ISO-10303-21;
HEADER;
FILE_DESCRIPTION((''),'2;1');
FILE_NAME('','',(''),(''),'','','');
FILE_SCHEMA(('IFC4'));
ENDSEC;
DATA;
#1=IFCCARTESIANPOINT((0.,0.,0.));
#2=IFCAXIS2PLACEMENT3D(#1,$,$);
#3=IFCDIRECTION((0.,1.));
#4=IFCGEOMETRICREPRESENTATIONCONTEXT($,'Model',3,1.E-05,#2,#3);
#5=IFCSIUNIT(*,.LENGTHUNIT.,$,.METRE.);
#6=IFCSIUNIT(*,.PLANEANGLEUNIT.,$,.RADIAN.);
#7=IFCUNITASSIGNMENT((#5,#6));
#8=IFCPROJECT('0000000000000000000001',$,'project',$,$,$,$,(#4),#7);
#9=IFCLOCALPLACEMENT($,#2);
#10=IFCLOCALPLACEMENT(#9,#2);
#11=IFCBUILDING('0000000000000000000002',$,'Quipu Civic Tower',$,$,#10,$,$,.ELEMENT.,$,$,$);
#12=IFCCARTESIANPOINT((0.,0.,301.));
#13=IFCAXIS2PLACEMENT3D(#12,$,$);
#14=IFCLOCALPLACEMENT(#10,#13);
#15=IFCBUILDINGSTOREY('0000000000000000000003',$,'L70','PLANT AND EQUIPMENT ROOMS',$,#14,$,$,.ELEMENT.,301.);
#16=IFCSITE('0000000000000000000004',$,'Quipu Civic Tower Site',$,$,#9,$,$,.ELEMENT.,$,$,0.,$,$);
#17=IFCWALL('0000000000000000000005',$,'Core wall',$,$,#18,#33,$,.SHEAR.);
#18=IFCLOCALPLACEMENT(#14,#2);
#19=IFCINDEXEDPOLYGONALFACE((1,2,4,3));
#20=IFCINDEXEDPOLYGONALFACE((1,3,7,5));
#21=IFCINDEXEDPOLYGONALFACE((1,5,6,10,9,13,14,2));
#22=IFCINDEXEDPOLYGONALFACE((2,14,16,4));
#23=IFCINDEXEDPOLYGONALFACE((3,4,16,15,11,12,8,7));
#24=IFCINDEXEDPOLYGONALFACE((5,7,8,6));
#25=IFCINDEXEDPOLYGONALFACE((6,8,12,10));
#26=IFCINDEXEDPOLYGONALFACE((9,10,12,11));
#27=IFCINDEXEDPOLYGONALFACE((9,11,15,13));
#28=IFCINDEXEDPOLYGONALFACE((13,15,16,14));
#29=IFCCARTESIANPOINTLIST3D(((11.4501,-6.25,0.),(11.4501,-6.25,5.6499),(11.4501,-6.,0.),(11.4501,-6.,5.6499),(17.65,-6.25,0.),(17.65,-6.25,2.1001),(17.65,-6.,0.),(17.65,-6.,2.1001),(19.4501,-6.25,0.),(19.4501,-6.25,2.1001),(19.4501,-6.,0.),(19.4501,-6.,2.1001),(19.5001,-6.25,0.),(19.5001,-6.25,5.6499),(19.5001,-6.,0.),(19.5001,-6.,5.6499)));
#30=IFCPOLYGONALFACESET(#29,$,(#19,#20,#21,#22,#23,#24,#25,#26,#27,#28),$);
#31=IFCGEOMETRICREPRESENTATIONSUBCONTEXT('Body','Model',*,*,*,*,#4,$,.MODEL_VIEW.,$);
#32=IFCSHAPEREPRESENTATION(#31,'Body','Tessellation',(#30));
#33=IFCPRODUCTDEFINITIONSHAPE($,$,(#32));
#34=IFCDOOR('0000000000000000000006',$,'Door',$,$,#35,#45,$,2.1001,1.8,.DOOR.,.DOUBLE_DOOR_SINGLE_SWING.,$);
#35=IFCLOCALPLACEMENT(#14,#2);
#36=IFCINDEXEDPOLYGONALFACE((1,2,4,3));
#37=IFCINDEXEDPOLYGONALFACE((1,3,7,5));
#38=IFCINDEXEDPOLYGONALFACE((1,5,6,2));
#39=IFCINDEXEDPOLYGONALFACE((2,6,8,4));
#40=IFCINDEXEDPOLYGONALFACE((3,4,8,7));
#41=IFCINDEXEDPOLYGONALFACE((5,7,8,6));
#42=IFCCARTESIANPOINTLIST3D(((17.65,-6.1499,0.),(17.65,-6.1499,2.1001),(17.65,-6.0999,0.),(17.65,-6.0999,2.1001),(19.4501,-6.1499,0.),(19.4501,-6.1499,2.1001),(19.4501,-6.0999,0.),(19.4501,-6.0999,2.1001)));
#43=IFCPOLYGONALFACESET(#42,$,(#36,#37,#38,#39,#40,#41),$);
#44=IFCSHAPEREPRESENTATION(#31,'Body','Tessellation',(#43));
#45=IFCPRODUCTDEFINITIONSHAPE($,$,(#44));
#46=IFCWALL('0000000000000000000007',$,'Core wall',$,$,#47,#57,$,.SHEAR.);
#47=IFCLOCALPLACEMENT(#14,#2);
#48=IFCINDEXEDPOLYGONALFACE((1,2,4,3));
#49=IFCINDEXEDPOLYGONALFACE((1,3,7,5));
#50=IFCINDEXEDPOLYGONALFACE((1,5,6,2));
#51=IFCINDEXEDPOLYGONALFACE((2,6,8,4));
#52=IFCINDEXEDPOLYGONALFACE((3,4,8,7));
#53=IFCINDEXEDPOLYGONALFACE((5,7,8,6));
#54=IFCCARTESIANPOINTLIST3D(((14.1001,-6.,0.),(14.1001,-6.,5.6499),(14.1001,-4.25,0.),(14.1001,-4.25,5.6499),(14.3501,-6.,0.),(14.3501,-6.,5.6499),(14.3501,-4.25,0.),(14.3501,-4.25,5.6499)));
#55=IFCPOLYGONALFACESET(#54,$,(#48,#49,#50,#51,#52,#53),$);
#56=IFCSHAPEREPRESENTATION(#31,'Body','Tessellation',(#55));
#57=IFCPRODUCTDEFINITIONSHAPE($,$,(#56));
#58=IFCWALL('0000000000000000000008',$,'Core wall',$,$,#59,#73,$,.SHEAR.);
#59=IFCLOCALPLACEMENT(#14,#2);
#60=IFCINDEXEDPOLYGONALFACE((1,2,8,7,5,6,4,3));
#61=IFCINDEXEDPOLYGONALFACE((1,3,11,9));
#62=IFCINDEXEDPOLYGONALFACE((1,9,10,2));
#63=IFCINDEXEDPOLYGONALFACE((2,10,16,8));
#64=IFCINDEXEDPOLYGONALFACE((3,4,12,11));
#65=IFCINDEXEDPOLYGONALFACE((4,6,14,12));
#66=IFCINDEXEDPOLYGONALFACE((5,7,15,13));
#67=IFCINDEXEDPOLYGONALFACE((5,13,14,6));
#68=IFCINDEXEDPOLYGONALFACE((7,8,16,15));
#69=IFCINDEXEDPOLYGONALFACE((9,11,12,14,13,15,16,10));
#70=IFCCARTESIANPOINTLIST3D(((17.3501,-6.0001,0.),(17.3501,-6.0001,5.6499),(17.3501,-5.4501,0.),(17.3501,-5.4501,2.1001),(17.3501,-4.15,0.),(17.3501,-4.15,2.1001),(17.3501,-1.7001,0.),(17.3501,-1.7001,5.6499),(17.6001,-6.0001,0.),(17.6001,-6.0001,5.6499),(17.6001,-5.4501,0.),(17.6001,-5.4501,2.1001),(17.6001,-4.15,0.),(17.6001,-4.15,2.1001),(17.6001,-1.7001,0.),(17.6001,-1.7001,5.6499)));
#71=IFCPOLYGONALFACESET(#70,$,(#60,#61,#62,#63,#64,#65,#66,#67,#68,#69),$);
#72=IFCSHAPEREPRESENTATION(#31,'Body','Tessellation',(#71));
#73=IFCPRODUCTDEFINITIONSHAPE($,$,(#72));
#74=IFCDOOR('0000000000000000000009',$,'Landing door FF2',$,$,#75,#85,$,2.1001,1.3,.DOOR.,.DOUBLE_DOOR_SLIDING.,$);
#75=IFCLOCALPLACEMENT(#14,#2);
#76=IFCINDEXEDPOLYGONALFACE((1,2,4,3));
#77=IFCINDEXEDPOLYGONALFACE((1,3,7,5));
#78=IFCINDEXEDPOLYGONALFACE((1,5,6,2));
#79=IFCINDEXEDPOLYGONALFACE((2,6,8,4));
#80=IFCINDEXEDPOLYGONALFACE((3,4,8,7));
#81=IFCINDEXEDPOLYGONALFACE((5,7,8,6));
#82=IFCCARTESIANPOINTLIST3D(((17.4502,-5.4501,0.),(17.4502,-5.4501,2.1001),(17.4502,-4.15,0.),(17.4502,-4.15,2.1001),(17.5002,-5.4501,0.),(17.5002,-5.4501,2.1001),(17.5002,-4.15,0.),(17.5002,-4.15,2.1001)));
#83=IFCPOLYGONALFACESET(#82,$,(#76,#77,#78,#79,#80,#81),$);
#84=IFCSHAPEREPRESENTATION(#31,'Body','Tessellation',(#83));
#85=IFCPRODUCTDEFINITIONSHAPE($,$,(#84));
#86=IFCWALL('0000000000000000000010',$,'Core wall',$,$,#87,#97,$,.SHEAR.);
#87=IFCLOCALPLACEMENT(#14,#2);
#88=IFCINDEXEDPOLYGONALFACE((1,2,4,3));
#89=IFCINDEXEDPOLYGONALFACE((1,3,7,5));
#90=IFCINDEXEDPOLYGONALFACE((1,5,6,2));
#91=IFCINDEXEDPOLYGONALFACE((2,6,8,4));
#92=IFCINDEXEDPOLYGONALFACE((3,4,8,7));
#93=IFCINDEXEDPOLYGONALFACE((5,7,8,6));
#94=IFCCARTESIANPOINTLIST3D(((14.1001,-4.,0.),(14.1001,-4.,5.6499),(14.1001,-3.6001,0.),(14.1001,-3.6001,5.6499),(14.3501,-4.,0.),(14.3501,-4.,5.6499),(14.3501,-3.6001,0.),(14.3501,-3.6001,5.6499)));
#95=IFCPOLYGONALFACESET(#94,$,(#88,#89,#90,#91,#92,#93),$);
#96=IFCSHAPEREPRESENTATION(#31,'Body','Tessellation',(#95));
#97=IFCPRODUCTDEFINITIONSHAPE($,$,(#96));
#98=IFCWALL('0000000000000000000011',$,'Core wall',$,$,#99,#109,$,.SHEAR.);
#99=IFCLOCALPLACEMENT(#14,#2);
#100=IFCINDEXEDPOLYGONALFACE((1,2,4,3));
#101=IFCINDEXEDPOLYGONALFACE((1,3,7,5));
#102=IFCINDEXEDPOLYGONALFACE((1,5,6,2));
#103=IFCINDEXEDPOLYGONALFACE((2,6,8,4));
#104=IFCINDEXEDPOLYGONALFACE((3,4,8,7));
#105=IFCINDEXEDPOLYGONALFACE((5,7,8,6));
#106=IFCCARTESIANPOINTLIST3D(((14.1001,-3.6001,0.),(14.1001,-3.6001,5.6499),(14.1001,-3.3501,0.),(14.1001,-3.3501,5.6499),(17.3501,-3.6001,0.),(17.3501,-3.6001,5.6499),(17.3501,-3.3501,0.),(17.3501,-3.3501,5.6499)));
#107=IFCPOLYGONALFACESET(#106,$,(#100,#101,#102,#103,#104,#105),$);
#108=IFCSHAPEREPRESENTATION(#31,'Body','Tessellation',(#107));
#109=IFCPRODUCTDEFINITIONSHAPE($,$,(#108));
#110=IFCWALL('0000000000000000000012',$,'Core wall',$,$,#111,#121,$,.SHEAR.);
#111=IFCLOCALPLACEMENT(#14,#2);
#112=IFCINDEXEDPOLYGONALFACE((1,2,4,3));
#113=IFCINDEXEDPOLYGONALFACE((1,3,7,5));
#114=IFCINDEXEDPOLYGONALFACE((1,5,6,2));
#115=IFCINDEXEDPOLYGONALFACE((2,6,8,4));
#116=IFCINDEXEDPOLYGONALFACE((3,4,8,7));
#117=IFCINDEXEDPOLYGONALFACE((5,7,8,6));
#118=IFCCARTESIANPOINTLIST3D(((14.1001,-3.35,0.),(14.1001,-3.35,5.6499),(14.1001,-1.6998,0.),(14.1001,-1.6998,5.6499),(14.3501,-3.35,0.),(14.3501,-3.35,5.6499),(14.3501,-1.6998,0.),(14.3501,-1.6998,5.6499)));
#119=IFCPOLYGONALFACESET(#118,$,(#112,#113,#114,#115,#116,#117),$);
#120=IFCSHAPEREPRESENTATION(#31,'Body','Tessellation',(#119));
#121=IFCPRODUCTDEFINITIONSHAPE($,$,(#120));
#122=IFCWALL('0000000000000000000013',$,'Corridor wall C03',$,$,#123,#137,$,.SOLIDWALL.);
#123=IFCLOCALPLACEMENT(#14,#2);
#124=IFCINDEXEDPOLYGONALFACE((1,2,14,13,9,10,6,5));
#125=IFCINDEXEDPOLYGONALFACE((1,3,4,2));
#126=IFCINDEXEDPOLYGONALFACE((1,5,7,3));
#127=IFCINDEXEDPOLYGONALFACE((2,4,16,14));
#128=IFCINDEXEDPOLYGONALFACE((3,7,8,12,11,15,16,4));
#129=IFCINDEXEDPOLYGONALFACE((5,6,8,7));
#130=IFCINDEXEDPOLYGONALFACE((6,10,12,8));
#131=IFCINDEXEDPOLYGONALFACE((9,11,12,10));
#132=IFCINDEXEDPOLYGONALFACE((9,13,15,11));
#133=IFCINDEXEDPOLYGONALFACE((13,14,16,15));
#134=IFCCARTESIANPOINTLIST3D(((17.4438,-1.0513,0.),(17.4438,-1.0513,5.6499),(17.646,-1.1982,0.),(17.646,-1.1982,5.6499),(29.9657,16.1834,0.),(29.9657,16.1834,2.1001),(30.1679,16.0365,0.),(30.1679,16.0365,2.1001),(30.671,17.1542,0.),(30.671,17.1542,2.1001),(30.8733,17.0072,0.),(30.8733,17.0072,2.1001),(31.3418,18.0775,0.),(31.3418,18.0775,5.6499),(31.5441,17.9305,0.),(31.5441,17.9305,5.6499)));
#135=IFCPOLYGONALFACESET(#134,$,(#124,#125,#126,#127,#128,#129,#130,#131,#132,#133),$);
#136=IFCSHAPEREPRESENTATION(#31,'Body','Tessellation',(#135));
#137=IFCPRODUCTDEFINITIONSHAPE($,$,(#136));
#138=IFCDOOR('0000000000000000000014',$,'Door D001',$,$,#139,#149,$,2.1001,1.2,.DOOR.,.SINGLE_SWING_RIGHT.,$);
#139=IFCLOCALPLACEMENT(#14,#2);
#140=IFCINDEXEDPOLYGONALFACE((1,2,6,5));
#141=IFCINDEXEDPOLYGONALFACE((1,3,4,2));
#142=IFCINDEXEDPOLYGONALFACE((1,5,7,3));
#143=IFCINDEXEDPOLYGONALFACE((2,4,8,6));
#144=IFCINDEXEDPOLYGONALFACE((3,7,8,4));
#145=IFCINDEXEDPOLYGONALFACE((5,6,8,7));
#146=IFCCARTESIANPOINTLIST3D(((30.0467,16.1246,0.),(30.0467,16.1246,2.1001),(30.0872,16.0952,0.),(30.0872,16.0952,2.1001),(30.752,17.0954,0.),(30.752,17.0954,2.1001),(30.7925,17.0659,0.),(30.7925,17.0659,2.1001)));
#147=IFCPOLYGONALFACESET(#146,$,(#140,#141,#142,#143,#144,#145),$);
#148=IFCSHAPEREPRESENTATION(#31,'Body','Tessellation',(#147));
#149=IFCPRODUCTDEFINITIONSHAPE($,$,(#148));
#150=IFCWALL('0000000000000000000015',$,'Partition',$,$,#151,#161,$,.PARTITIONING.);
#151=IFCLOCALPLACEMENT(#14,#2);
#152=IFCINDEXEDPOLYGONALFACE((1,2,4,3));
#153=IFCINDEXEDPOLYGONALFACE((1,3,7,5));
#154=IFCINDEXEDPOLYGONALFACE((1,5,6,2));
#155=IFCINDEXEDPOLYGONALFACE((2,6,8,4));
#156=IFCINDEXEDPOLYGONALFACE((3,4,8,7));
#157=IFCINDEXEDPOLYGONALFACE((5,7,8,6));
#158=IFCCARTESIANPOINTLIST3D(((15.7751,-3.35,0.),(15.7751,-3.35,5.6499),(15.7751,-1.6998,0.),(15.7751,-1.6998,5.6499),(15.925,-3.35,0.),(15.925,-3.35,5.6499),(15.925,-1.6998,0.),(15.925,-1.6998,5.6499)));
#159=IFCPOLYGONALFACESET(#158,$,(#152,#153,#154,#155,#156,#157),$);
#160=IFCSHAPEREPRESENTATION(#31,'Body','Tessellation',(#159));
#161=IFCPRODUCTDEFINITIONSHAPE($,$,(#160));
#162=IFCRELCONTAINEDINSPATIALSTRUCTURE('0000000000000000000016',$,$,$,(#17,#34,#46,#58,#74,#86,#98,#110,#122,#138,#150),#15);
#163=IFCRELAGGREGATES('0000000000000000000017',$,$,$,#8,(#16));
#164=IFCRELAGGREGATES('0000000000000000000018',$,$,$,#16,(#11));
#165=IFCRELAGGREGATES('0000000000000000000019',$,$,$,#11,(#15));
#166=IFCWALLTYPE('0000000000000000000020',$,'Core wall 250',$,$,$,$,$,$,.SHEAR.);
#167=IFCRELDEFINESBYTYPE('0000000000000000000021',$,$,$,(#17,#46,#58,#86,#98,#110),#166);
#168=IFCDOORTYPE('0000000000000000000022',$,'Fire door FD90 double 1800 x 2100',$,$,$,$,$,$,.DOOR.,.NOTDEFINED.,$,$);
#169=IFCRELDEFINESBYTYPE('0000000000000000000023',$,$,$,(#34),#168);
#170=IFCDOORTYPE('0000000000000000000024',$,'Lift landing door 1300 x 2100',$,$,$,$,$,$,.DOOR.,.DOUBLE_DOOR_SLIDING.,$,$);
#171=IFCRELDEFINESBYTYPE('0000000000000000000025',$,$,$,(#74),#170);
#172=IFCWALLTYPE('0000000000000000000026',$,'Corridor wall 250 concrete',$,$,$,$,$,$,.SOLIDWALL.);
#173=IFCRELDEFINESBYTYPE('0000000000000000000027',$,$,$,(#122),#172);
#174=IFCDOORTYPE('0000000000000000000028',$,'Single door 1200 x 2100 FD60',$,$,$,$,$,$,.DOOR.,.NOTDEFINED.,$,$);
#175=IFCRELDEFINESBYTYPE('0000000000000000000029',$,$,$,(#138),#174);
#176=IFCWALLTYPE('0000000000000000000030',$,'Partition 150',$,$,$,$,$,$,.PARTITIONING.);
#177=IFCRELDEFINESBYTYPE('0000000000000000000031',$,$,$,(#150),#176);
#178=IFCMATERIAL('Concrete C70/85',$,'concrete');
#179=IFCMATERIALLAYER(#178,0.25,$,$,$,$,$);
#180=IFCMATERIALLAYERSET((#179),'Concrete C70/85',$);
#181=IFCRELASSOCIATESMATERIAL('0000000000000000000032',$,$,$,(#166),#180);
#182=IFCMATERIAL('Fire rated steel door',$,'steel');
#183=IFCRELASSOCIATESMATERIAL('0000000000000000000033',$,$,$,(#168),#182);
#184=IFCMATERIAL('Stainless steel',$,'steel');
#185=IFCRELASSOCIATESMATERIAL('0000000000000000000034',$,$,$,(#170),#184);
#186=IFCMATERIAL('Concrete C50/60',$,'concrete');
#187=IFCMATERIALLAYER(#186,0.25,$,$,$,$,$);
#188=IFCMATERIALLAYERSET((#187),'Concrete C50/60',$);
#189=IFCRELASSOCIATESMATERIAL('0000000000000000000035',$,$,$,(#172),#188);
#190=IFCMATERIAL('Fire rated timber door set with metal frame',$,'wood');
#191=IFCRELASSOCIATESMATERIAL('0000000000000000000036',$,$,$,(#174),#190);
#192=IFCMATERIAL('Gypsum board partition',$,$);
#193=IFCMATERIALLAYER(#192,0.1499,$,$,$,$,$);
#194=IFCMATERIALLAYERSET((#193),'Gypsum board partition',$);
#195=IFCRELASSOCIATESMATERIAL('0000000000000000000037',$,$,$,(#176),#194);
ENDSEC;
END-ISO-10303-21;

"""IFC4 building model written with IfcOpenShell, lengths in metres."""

from ifc_helpers import new_model, si_unit, direction, frame, frame_2d, origin, place, context, subcontext, project, spatial, rectangle, extrude, material, layer, layer_set, type_object, element, fill, save


model = new_model("IFC4")

# Units and contexts
model_context = context("Model", 3, precision=1e-05, world=origin(), true_north=direction((0.0, 1.0)))
body_context = subcontext(model_context, "Body", "Model", "MODEL_VIEW")
ifc_project = project(units=[si_unit("LENGTHUNIT", "METRE"), si_unit("PLANEANGLEUNIT", "RADIAN")], contexts=[model_context])

# Site, building, storey
site_placement = place(None, origin())
site = spatial("IfcSite", under=ifc_project, at=site_placement, Name="Quipu Civic Tower Site", CompositionType="ELEMENT", RefElevation=0.0)
building_placement = place(site_placement, origin())
building = spatial("IfcBuilding", under=site, at=building_placement, Name="Quipu Civic Tower", CompositionType="ELEMENT")
storey_placement = place(building_placement, frame((0.0, 0.0, 301.0)))
storey = spatial("IfcBuildingStorey", under=building, at=storey_placement, Name="L70", Description="PLANT AND EQUIPMENT ROOMS", CompositionType="ELEMENT", Elevation=301.0)

# Wall, opening, door
ifc_material_1 = material(Name="Concrete C70/85", Category="concrete")
ifc_layer_1 = layer(ifc_material_1, 0.25)
ifc_layer_set_1 = layer_set([ifc_layer_1], Name="Concrete C70/85")
wall_type_1 = type_object("IfcWallType", Name="Core wall 250", PredefinedType="SHEAR", material=ifc_layer_set_1)
wall_1_placement = place(storey_placement, frame((19.5, -6.125, 0.0), z_axis=(0.0, 0.0, 1.0), x_axis=(-1.0, 0.0, 0.0)))
wall_1 = element("IfcWall", 1, at=wall_1_placement, inside=storey, type_object=wall_type_1, Name="Core wall", PredefinedType="SHEAR", context=body_context, shape_type="SweptSolid", body=[
    extrude(rectangle(XDim=8.05, YDim=0.25, at=frame_2d((4.0249, 0.0))), origin(), (0.0, 0.0, 1.0), 5.6499),
])
opening_1_placement = place(wall_1_placement, frame((0.05, 0.0, 0.0)))
opening_1 = element("IfcOpeningElement", 2, at=opening_1_placement, cuts=wall_1, PredefinedType="OPENING", context=body_context, shape_type="SweptSolid", body=[
    extrude(rectangle(XDim=1.8, YDim=2.1001, at=frame_2d((0.8999, 1.05))), frame((0.0, 0.135, 0.0), z_axis=(0.0, -1.0, 0.0), x_axis=(1.0, 0.0, 0.0)), (0.0, 0.0, 1.0), 0.27),
])
ifc_material_2 = material(Name="Fire rated steel door", Category="steel")
door_type_1 = type_object("IfcDoorType", Name="Fire door FD90 double 1800 x 2100", OperationType="NOTDEFINED", PredefinedType="DOOR", material=ifc_material_2)
door_1_placement = place(opening_1_placement, origin())
door_1 = element("IfcDoor", 3, at=door_1_placement, inside=storey, type_object=door_type_1, Name="Door", OperationType="DOUBLE_DOOR_SINGLE_SWING", OverallHeight=2.1001, OverallWidth=1.8, PredefinedType="DOOR", context=body_context, shape_type="SweptSolid", body=[
    extrude(rectangle(XDim=1.8, YDim=2.1001, at=frame_2d((0.8999, 1.05))), frame((0.0, 0.0249, 0.0), z_axis=(0.0, -1.0, 0.0), x_axis=(1.0, 0.0, 0.0)), (0.0, 0.0, 1.0), 0.05),
])
fill(opening_1, door_1)

# Wall
wall_2_placement = place(storey_placement, frame((14.2251, -6.0, 0.0), z_axis=(0.0, 0.0, 1.0), x_axis=(0.0, 1.0, 0.0)))
element("IfcWall", 4, at=wall_2_placement, inside=storey, type_object=wall_type_1, Name="Core wall", PredefinedType="SHEAR", context=body_context, shape_type="SweptSolid", body=[
    extrude(rectangle(XDim=1.75, YDim=0.25, at=frame_2d((0.875, 0.0))), origin(), (0.0, 0.0, 1.0), 5.6499),
])

# Wall, opening, door
wall_3_placement = place(storey_placement, frame((17.4751, -6.0, 0.0), z_axis=(0.0, 0.0, 1.0), x_axis=(0.0, 1.0, 0.0)))
wall_3 = element("IfcWall", 5, at=wall_3_placement, inside=storey, type_object=wall_type_1, Name="Core wall", PredefinedType="SHEAR", context=body_context, shape_type="SweptSolid", body=[
    extrude(rectangle(XDim=4.3, YDim=0.25, at=frame_2d((2.1499, 0.0))), origin(), (0.0, 0.0, 1.0), 5.6499),
])
opening_2_placement = place(wall_3_placement, frame((0.55, 0.0, 0.0)))
opening_2 = element("IfcOpeningElement", 6, at=opening_2_placement, cuts=wall_3, PredefinedType="OPENING", context=body_context, shape_type="SweptSolid", body=[
    extrude(rectangle(XDim=1.3, YDim=2.1001, at=frame_2d((0.6499, 1.05))), frame((0.0, 0.135, 0.0), z_axis=(0.0, -1.0, 0.0), x_axis=(1.0, 0.0, 0.0)), (0.0, 0.0, 1.0), 0.27),
])
ifc_material_3 = material(Name="Stainless steel", Category="steel")
door_type_2 = type_object("IfcDoorType", Name="Lift landing door 1300 x 2100", OperationType="DOUBLE_DOOR_SLIDING", PredefinedType="DOOR", material=ifc_material_3)
door_2_placement = place(opening_2_placement, origin())
door_2 = element("IfcDoor", 7, at=door_2_placement, inside=storey, type_object=door_type_2, Name="Landing door FF2", OperationType="DOUBLE_DOOR_SLIDING", OverallHeight=2.1001, OverallWidth=1.3, PredefinedType="DOOR", context=body_context, shape_type="SweptSolid", body=[
    extrude(rectangle(XDim=1.3, YDim=2.1001, at=frame_2d((0.6499, 1.05))), frame((0.0, 0.0249, 0.0), z_axis=(0.0, -1.0, 0.0), x_axis=(1.0, 0.0, 0.0)), (0.0, 0.0, 1.0), 0.05),
])
fill(opening_2, door_2)

# Walls
wall_4_placement = place(storey_placement, frame((14.2251, -4.0, 0.0), z_axis=(0.0, 0.0, 1.0), x_axis=(0.0, 1.0, 0.0)))
element("IfcWall", 8, at=wall_4_placement, inside=storey, type_object=wall_type_1, Name="Core wall", PredefinedType="SHEAR", context=body_context, shape_type="SweptSolid", body=[
    extrude(rectangle(XDim=0.3999, YDim=0.25, at=frame_2d((0.2, 0.0))), origin(), (0.0, 0.0, 1.0), 5.6499),
])
wall_5_placement = place(storey_placement, frame((14.1001, -3.4751, 0.0), z_axis=(0.0, 0.0, 1.0), x_axis=(1.0, 0.0, 0.0)))
element("IfcWall", 9, at=wall_5_placement, inside=storey, type_object=wall_type_1, Name="Core wall", PredefinedType="SHEAR", context=body_context, shape_type="SweptSolid", body=[
    extrude(rectangle(XDim=3.25, YDim=0.25, at=frame_2d((1.625, 0.0))), origin(), (0.0, 0.0, 1.0), 5.6499),
])
wall_6_placement = place(storey_placement, frame((14.2251, -3.3501, 0.0), z_axis=(0.0, 0.0, 1.0), x_axis=(0.0, 1.0, 0.0)))
element("IfcWall", 10, at=wall_6_placement, inside=storey, type_object=wall_type_1, Name="Core wall", PredefinedType="SHEAR", context=body_context, shape_type="SweptSolid", body=[
    extrude(rectangle(XDim=1.6501, YDim=0.25, at=frame_2d((0.8252, 0.0))), origin(), (0.0, 0.0, 1.0), 5.6499),
])

# Wall, opening, door
ifc_material_4 = material(Name="Concrete C50/60", Category="concrete")
ifc_layer_2 = layer(ifc_material_4, 0.25)
ifc_layer_set_2 = layer_set([ifc_layer_2], Name="Concrete C50/60")
wall_type_2 = type_object("IfcWallType", Name="Corridor wall 250 concrete", PredefinedType="SOLIDWALL", material=ifc_layer_set_2)
wall_7_placement = place(storey_placement, frame((17.5449, -1.1248, 0.0), z_axis=(0.0, 0.0, 1.0), x_axis=(0.58779, 0.809014, 0.0)))
wall_7 = element("IfcWall", 11, at=wall_7_placement, inside=storey, type_object=wall_type_2, Name="Corridor wall C03", PredefinedType="SOLIDWALL", context=body_context, shape_type="SweptSolid", body=[
    extrude(rectangle(XDim=23.6445, YDim=0.25, at=frame_2d((11.8223, 0.0))), origin(), (0.0, 0.0, 1.0), 5.6499),
])
opening_3_placement = place(wall_7_placement, frame((21.3032, 0.0, 0.0)))
opening_3 = element("IfcOpeningElement", 12, at=opening_3_placement, cuts=wall_7, PredefinedType="OPENING", context=body_context, shape_type="SweptSolid", body=[
    extrude(rectangle(XDim=1.2, YDim=2.1001, at=frame_2d((0.6001, 1.05))), frame((0.0, 0.135, 0.0), z_axis=(0.0, -1.0, 0.0), x_axis=(1.0, 0.0, 0.0)), (0.0, 0.0, 1.0), 0.27),
])
ifc_material_5 = material(Name="Fire rated timber door set with metal frame", Category="wood")
door_type_3 = type_object("IfcDoorType", Name="Single door 1200 x 2100 FD60", OperationType="NOTDEFINED", PredefinedType="DOOR", material=ifc_material_5)
door_3_placement = place(opening_3_placement, origin())
door_3 = element("IfcDoor", 13, at=door_3_placement, inside=storey, type_object=door_type_3, Name="Door D001", OperationType="SINGLE_SWING_RIGHT", OverallHeight=2.1001, OverallWidth=1.2, PredefinedType="DOOR", context=body_context, shape_type="SweptSolid", body=[
    extrude(rectangle(XDim=1.2, YDim=2.1001, at=frame_2d((0.6001, 1.05))), frame((0.0, 0.0249, 0.0), z_axis=(0.0, -1.0, 0.0), x_axis=(1.0, 0.0, 0.0)), (0.0, 0.0, 1.0), 0.05),
])
fill(opening_3, door_3)

# Wall
ifc_material_6 = material(Name="Gypsum board partition")
ifc_layer_3 = layer(ifc_material_6, 0.1499)
ifc_layer_set_3 = layer_set([ifc_layer_3], Name="Gypsum board partition")
wall_type_3 = type_object("IfcWallType", Name="Partition 150", PredefinedType="PARTITIONING", material=ifc_layer_set_3)
wall_8_placement = place(storey_placement, frame((15.8501, -3.3501, 0.0), z_axis=(0.0, 0.0, 1.0), x_axis=(0.0, 1.0, 0.0)))
element("IfcWall", 14, at=wall_8_placement, inside=storey, type_object=wall_type_3, Name="Partition", PredefinedType="PARTITIONING", context=body_context, shape_type="SweptSolid", body=[
    extrude(rectangle(XDim=1.6501, YDim=0.1499, at=frame_2d((0.8252, 0.0))), origin(), (0.0, 0.0, 1.0), 5.6499),
])

save(model, "model.ifc")
